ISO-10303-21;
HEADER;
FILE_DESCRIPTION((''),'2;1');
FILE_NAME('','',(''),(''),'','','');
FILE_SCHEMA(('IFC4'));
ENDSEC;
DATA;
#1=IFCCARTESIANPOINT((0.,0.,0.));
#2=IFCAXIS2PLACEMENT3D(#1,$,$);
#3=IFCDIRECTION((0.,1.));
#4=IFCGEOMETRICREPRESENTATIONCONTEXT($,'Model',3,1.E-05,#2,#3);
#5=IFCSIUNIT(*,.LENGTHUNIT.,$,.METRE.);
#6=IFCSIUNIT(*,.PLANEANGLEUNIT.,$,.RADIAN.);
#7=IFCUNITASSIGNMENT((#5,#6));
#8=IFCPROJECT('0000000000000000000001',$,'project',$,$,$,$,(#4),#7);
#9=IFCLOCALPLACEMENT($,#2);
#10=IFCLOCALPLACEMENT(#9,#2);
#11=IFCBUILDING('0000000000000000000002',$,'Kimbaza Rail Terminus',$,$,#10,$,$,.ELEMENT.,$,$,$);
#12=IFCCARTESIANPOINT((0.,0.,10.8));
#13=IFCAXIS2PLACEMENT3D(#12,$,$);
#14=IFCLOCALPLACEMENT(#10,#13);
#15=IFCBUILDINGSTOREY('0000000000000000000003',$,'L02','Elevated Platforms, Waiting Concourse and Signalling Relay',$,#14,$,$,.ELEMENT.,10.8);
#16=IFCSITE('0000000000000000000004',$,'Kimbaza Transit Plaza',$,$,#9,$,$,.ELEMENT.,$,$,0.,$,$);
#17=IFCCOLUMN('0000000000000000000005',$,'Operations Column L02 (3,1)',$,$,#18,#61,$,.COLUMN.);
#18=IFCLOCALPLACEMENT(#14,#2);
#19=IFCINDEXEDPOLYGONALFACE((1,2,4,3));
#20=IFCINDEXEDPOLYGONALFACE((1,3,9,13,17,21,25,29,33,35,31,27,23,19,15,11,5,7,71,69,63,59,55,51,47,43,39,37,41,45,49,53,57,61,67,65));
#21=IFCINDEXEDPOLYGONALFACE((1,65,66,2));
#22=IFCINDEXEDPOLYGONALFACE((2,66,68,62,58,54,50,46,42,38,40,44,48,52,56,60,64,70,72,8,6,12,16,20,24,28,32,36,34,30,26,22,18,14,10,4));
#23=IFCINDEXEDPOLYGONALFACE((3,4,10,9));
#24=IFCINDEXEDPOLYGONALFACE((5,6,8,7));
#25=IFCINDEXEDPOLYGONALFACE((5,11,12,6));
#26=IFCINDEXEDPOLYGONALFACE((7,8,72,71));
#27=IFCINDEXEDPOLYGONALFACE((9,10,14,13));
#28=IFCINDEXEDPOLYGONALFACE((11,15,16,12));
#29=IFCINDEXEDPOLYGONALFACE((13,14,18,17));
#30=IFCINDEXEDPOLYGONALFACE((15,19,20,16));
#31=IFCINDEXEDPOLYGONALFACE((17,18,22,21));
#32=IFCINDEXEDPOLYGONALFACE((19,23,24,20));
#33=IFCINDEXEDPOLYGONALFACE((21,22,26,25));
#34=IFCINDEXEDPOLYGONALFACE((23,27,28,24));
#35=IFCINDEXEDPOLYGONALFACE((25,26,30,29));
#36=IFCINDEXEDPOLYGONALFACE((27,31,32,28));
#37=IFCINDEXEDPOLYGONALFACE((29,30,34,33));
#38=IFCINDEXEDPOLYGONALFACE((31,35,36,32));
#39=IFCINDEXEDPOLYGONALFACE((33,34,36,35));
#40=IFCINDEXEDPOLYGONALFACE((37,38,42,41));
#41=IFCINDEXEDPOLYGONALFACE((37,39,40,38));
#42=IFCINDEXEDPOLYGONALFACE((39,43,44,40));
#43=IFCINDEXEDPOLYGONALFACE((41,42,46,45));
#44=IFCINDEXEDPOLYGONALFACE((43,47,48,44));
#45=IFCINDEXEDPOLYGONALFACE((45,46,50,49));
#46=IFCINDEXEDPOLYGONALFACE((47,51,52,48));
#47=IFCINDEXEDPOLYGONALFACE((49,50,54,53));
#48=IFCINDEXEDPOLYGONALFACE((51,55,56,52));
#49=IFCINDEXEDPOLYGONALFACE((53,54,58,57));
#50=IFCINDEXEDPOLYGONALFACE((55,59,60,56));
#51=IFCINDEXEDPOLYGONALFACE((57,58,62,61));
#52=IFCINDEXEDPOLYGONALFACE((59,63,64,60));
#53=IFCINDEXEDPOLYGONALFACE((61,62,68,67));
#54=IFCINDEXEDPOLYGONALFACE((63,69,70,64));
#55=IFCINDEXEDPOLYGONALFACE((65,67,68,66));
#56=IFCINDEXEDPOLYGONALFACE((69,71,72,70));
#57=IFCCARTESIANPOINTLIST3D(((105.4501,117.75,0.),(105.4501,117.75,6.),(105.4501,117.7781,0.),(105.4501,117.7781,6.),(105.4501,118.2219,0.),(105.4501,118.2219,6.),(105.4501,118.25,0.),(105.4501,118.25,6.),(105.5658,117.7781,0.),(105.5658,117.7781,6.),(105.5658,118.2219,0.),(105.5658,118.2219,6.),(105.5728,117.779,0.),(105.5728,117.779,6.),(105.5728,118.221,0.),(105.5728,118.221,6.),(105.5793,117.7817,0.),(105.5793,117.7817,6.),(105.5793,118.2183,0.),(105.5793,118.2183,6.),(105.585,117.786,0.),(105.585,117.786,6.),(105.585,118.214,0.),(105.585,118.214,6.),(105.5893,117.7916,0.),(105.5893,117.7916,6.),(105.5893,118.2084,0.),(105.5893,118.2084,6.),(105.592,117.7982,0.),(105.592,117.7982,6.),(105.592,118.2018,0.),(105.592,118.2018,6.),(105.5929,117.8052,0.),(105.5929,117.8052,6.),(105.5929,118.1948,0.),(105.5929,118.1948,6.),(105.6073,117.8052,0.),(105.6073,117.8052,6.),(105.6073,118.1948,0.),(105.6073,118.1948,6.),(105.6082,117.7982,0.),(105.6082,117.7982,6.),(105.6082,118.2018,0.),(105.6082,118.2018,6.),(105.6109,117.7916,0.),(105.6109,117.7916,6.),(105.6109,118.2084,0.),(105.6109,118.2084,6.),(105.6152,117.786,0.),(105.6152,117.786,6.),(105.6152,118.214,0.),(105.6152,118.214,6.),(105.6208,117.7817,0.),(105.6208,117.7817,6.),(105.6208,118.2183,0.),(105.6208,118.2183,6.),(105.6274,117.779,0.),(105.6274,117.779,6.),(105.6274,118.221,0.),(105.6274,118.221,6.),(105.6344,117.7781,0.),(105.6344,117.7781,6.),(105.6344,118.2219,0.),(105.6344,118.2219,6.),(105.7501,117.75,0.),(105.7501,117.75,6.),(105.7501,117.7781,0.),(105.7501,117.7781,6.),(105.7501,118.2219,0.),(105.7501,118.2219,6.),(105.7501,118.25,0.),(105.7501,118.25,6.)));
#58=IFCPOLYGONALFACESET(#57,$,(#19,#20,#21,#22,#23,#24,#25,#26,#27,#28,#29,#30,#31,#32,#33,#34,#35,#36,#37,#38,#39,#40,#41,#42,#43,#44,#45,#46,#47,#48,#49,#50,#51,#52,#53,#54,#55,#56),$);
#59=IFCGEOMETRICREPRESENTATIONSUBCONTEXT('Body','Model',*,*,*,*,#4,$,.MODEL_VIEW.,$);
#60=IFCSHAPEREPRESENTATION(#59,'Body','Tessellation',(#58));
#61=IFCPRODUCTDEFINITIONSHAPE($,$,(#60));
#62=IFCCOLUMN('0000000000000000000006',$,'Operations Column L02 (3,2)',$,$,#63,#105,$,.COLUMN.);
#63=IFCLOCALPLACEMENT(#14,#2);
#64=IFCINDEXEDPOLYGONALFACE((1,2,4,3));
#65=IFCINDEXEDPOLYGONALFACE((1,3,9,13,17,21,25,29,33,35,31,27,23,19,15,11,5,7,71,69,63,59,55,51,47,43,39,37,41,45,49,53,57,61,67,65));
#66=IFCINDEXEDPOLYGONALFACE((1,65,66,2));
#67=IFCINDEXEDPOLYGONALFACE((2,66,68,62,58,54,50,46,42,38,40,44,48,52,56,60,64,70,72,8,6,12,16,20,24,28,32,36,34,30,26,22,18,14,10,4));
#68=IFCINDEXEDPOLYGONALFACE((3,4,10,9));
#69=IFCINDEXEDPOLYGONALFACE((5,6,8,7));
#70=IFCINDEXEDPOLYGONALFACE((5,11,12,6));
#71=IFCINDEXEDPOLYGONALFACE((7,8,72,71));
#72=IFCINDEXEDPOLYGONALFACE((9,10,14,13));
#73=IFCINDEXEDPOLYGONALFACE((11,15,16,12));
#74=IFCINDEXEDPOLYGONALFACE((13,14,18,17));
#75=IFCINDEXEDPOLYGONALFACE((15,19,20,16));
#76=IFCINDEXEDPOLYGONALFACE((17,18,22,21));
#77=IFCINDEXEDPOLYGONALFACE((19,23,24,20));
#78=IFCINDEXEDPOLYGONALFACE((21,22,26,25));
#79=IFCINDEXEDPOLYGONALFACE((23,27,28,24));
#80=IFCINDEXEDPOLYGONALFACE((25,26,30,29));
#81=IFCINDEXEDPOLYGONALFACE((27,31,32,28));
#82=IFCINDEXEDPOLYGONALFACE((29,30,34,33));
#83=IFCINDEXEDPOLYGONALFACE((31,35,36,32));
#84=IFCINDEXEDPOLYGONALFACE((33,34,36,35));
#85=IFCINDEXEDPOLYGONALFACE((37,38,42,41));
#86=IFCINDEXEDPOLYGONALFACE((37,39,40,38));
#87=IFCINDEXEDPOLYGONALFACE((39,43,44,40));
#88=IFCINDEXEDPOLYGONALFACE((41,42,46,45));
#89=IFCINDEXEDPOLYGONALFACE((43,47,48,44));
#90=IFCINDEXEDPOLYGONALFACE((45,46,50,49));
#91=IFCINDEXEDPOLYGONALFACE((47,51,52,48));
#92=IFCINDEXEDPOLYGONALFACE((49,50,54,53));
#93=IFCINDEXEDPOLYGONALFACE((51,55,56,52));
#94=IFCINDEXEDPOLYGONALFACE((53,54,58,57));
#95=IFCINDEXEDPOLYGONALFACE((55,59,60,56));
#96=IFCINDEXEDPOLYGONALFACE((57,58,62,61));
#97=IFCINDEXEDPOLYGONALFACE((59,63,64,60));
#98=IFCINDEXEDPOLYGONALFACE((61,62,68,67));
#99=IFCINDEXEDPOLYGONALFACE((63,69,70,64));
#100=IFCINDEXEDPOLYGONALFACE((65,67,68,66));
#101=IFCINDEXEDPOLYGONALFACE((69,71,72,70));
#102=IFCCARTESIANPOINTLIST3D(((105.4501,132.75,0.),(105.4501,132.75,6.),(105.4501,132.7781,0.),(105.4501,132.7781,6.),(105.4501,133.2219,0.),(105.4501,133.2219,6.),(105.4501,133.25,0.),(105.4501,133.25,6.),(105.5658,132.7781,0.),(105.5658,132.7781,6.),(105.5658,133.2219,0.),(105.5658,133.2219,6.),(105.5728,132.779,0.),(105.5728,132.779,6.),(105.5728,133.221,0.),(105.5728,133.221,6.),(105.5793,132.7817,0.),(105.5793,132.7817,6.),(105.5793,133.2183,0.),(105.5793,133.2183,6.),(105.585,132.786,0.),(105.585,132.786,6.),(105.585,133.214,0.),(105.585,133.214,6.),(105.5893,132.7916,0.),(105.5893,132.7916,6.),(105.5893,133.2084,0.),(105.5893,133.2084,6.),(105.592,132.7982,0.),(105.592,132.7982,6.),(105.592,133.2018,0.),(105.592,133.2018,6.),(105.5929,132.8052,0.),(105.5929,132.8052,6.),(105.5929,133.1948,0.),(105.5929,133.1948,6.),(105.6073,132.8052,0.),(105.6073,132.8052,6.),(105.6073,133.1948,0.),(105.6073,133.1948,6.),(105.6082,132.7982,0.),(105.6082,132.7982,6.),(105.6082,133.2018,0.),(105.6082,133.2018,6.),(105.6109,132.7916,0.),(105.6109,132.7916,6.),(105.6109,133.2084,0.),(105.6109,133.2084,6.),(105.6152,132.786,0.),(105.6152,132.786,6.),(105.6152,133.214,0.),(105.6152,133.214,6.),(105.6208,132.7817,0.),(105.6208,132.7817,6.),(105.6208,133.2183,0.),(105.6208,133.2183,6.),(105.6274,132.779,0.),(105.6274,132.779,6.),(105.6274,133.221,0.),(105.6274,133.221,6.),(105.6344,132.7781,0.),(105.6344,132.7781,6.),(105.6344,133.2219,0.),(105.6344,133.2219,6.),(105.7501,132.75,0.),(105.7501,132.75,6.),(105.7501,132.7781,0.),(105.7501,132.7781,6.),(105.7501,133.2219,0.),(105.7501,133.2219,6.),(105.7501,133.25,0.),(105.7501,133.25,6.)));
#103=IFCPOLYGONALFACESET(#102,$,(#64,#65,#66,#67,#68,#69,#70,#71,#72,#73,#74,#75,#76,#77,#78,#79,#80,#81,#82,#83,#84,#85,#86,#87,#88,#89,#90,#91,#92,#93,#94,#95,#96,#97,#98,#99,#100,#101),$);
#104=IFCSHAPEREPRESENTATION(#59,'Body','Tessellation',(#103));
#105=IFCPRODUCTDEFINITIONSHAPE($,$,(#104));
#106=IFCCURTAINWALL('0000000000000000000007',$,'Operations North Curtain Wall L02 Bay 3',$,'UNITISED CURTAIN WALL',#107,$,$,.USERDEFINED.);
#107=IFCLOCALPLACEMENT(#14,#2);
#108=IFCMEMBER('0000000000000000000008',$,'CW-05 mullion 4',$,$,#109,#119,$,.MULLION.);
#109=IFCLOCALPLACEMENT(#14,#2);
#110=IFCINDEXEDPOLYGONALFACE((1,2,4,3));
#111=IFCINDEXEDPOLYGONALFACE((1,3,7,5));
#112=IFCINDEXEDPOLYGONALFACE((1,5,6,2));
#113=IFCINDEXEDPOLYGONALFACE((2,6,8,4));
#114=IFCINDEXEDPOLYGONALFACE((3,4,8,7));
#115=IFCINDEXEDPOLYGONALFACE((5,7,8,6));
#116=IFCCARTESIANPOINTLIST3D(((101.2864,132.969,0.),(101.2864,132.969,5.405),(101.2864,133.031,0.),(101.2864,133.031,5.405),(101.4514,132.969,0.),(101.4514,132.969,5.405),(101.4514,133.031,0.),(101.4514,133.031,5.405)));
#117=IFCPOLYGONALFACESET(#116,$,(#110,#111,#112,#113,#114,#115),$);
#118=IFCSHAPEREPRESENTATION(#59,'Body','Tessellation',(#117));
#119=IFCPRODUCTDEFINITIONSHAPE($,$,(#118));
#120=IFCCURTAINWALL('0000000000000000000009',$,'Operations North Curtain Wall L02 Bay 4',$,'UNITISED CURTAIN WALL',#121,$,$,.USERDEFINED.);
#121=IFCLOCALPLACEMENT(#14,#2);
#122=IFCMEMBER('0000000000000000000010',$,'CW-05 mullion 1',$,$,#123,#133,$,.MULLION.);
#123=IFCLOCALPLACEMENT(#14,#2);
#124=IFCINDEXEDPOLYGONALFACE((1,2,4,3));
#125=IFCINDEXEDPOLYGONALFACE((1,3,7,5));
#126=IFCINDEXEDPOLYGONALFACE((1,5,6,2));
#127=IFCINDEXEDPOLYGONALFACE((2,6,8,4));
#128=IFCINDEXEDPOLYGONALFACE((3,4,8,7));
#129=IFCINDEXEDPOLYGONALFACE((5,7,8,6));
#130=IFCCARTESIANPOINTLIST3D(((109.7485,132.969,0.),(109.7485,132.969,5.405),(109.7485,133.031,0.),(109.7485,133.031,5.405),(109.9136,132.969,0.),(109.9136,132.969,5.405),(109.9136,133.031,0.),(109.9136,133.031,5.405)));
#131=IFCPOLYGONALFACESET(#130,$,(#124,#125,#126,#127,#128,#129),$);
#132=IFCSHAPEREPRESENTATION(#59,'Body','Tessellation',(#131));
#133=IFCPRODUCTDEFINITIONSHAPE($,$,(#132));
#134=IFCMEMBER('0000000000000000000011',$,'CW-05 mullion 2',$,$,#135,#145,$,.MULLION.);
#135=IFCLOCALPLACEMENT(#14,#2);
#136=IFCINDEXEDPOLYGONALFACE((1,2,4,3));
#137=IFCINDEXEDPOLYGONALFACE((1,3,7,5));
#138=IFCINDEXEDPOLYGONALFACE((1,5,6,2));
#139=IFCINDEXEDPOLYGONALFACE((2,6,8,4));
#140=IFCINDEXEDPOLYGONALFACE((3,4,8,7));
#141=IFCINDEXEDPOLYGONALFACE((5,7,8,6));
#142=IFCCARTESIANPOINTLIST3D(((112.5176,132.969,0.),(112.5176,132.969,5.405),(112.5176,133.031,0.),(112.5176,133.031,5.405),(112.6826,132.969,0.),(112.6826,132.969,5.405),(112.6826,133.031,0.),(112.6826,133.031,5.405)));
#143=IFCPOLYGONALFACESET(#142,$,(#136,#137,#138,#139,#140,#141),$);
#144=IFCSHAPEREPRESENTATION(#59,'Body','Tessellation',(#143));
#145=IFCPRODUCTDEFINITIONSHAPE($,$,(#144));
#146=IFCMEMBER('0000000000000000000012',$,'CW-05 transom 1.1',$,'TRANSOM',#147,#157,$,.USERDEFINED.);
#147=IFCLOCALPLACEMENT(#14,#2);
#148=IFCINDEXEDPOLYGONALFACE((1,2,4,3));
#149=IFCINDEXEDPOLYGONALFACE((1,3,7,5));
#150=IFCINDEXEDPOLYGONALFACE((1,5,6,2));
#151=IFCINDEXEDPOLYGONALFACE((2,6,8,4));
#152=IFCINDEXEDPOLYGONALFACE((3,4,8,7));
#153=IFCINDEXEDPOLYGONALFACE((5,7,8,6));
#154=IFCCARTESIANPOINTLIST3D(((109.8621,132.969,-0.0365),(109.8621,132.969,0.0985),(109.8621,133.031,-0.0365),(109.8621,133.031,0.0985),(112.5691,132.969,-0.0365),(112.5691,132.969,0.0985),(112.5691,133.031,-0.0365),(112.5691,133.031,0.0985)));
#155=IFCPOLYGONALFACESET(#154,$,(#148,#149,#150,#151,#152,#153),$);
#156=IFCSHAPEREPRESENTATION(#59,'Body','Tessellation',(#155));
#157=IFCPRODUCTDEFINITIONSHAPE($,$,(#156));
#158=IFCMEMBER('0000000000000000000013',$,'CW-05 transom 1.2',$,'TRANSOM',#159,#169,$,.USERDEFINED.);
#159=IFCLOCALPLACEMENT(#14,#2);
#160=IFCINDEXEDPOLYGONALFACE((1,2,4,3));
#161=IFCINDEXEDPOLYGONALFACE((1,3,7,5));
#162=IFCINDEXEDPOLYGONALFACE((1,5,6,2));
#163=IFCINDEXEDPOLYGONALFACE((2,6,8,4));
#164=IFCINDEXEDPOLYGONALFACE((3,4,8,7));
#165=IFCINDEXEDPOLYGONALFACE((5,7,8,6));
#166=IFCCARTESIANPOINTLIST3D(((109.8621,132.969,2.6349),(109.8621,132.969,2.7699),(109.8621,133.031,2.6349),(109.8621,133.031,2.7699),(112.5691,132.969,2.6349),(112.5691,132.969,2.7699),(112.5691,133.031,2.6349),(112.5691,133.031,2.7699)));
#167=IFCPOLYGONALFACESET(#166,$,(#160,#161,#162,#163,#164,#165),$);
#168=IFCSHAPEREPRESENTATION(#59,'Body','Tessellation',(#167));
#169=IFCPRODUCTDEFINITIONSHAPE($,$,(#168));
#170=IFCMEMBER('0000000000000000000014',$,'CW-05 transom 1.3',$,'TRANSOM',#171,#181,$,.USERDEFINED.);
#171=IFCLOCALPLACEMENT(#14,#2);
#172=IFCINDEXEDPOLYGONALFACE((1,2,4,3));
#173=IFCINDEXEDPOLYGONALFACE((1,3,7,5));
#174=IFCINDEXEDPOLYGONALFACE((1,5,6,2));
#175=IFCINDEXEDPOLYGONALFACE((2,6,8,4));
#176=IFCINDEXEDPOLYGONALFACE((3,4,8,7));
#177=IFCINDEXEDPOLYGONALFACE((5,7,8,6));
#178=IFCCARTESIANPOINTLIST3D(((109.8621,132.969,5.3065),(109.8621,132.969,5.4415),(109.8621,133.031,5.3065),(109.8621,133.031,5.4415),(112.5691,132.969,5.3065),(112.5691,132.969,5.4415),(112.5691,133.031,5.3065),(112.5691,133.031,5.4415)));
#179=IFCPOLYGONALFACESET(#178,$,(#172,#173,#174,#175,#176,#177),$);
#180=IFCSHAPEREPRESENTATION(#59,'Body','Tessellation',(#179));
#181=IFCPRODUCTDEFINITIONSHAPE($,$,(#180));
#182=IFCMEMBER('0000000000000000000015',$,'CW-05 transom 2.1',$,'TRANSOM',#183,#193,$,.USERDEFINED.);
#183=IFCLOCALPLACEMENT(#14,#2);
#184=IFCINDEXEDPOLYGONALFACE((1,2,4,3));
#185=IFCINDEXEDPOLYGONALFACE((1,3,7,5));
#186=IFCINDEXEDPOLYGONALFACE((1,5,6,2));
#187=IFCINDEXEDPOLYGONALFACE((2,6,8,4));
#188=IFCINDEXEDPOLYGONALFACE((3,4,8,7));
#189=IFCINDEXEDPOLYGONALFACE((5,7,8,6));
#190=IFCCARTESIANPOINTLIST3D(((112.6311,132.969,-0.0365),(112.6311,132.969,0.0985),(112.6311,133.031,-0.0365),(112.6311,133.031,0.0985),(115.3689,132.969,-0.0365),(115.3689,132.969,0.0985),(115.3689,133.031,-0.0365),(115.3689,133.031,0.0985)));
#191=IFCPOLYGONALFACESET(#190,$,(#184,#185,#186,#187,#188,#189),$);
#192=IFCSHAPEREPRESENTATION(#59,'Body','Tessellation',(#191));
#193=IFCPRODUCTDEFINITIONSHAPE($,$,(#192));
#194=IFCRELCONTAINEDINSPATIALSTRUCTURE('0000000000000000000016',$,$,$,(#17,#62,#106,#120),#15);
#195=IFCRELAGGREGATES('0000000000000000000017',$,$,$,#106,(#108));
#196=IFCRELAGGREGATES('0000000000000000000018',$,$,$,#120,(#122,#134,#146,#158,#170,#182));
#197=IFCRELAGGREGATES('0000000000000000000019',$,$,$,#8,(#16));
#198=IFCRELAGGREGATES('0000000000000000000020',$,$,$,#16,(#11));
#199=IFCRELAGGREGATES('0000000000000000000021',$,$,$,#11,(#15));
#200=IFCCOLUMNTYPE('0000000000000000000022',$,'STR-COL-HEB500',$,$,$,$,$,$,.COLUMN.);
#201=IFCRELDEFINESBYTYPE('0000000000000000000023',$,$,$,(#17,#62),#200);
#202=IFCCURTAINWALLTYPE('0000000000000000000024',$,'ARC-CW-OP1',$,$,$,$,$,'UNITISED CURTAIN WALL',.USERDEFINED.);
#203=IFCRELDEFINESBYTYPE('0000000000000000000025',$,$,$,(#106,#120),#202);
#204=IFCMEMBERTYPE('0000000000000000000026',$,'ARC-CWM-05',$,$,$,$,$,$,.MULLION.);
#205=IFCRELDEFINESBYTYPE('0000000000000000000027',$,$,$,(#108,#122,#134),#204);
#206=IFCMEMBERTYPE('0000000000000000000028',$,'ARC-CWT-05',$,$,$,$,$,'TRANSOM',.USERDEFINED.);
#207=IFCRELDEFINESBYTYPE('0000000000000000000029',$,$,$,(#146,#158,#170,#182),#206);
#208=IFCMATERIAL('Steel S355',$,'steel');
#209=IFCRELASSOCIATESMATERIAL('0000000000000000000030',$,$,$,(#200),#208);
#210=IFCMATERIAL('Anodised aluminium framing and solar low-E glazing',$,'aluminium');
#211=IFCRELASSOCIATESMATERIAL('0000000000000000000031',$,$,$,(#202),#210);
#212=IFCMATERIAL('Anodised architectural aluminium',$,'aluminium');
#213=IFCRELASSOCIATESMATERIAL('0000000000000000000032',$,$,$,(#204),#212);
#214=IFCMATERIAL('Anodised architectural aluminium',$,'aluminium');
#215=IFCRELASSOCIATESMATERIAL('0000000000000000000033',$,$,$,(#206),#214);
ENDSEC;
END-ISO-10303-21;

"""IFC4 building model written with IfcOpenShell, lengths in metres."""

from ifc_helpers import new_model, si_unit, direction, frame, origin, origin_2d, place, context, subcontext, project, spatial, rectangle, i_section, extrude, material, material_profile, profile_set, type_object, element, aggregate, save


model = new_model("IFC4")

# Units and contexts
model_context = context("Model", 3, precision=1e-05, world=origin(), true_north=direction((0.0, 1.0)))
body_context = subcontext(model_context, "Body", "Model", "MODEL_VIEW")
ifc_project = project(units=[si_unit("LENGTHUNIT", "METRE"), si_unit("PLANEANGLEUNIT", "RADIAN")], contexts=[model_context])

# Site, building, storey
site_placement = place(None, origin())
site = spatial("IfcSite", under=ifc_project, at=site_placement, Name="Kimbaza Transit Plaza", CompositionType="ELEMENT", RefElevation=0.0)
building_placement = place(site_placement, origin())
building = spatial("IfcBuilding", under=site, at=building_placement, Name="Kimbaza Rail Terminus", CompositionType="ELEMENT")
storey_placement = place(building_placement, frame((0.0, 0.0, 10.8)))
storey = spatial("IfcBuildingStorey", under=building, at=storey_placement, Name="L02", Description="Elevated Platforms, Waiting Concourse and Signalling Relay", CompositionType="ELEMENT", Elevation=10.8)

# Columns
ifc_material_1 = material(Name="Steel S355", Category="steel")
ifc_material_profile_1 = material_profile(ifc_material_1, i_section(OverallWidth=0.3, OverallDepth=0.5, WebThickness=0.0144, FlangeThickness=0.0281, FilletRadius=0.0271, at=origin_2d()), Name="HEB 500")
ifc_profile_set_1 = profile_set([ifc_material_profile_1], Name="Steel S355")
column_type = type_object("IfcColumnType", Name="STR-COL-HEB500", PredefinedType="COLUMN", material=ifc_profile_set_1)
for number, where, z_axis, x_axis, name in (
    (1, (105.6001, 118.0, 0.0), (0.0, 0.0, 1.0), (1.0, 0.0, 0.0), "Operations Column L02 (3,1)"),
    (2, (105.6001, 133.0, 0.0), (0.0, 0.0, 1.0), (1.0, 0.0, 0.0), "Operations Column L02 (3,2)"),
):
    element("IfcColumn", number, at=place(storey_placement, frame(where, z_axis=z_axis, x_axis=x_axis)), inside=storey, type_object=column_type, Name=name, PredefinedType="COLUMN", context=body_context, shape_type="SweptSolid", body=[
        extrude(i_section(OverallWidth=0.3, OverallDepth=0.5, WebThickness=0.0144, FlangeThickness=0.0281, FilletRadius=0.0271, at=origin_2d()), origin(), (0.0, 0.0, 1.0), 6.0),
    ])

# Curtain wall, member
ifc_material_2 = material(Name="Anodised aluminium framing and solar low-E glazing", Category="aluminium")
curtain_wall_type = type_object("IfcCurtainWallType", Name="ARC-CW-OP1", ElementType="UNITISED CURTAIN WALL", PredefinedType="USERDEFINED", material=ifc_material_2)
curtain_wall_1_placement = place(storey_placement, origin())
curtain_wall_1 = element("IfcCurtainWall", 3, at=curtain_wall_1_placement, inside=storey, type_object=curtain_wall_type, Name="Operations North Curtain Wall L02 Bay 3", ObjectType="UNITISED CURTAIN WALL", PredefinedType="USERDEFINED")
ifc_material_3 = material(Name="Anodised architectural aluminium", Category="aluminium")
ifc_material_profile_2 = material_profile(ifc_material_3, rectangle(XDim=0.062, YDim=0.165, at=origin_2d()), Name="MULLION 62x165")
ifc_profile_set_2 = profile_set([ifc_material_profile_2], Name="Anodised architectural aluminium")
member_type_1 = type_object("IfcMemberType", Name="ARC-CWM-05", PredefinedType="MULLION", material=ifc_profile_set_2)
member_1_placement = place(storey_placement, frame((101.3689, 133.0, 0.0), z_axis=(0.0, 0.0, 1.0), x_axis=(0.0, 1.0, 0.0)))
member_1 = element("IfcMember", 4, at=member_1_placement, type_object=member_type_1, Name="CW-05 mullion 4", PredefinedType="MULLION", context=body_context, shape_type="SweptSolid", body=[
    extrude(rectangle(XDim=0.062, YDim=0.165, at=origin_2d()), origin(), (0.0, 0.0, 1.0), 5.405),
])

# Curtain wall, members
curtain_wall_2_placement = place(storey_placement, origin())
curtain_wall_2 = element("IfcCurtainWall", 5, at=curtain_wall_2_placement, inside=storey, type_object=curtain_wall_type, Name="Operations North Curtain Wall L02 Bay 4", ObjectType="UNITISED CURTAIN WALL", PredefinedType="USERDEFINED")
member_2_placement = place(storey_placement, frame((109.8311, 133.0, 0.0), z_axis=(0.0, 0.0, 1.0), x_axis=(0.0, 1.0, 0.0)))
member_2 = element("IfcMember", 6, at=member_2_placement, type_object=member_type_1, Name="CW-05 mullion 1", PredefinedType="MULLION", context=body_context, shape_type="SweptSolid", body=[
    extrude(rectangle(XDim=0.062, YDim=0.165, at=origin_2d()), origin(), (0.0, 0.0, 1.0), 5.405),
])
member_3_placement = place(storey_placement, frame((112.6001, 133.0, 0.0), z_axis=(0.0, 0.0, 1.0), x_axis=(0.0, 1.0, 0.0)))
member_3 = element("IfcMember", 7, at=member_3_placement, type_object=member_type_1, Name="CW-05 mullion 2", PredefinedType="MULLION", context=body_context, shape_type="SweptSolid", body=[
    extrude(rectangle(XDim=0.062, YDim=0.165, at=origin_2d()), origin(), (0.0, 0.0, 1.0), 5.405),
])
ifc_material_4 = material(Name="Anodised architectural aluminium", Category="aluminium")
ifc_material_profile_3 = material_profile(ifc_material_4, rectangle(XDim=0.062, YDim=0.135, at=origin_2d()), Name="TRANSOM 62x135")
ifc_profile_set_3 = profile_set([ifc_material_profile_3], Name="Anodised architectural aluminium")
member_type_2 = type_object("IfcMemberType", Name="ARC-CWT-05", ElementType="TRANSOM", PredefinedType="USERDEFINED", material=ifc_profile_set_3)
member_4_placement = place(storey_placement, frame((109.8621, 133.0, 0.031), z_axis=(1.0, 0.0, 0.0), x_axis=(0.0, 1.0, 0.0)))
member_4 = element("IfcMember", 8, at=member_4_placement, type_object=member_type_2, Name="CW-05 transom 1.1", ObjectType="TRANSOM", PredefinedType="USERDEFINED", context=body_context, shape_type="SweptSolid", body=[
    extrude(rectangle(XDim=0.062, YDim=0.135, at=origin_2d()), origin(), (0.0, 0.0, 1.0), 2.707),
])
member_5_placement = place(storey_placement, frame((109.8621, 133.0, 2.7024), z_axis=(1.0, 0.0, 0.0), x_axis=(0.0, 1.0, 0.0)))
member_5 = element("IfcMember", 9, at=member_5_placement, type_object=member_type_2, Name="CW-05 transom 1.2", ObjectType="TRANSOM", PredefinedType="USERDEFINED", context=body_context, shape_type="SweptSolid", body=[
    extrude(rectangle(XDim=0.062, YDim=0.135, at=origin_2d()), origin(), (0.0, 0.0, 1.0), 2.707),
])
member_6_placement = place(storey_placement, frame((109.8621, 133.0, 5.374), z_axis=(1.0, 0.0, 0.0), x_axis=(0.0, 1.0, 0.0)))
member_6 = element("IfcMember", 10, at=member_6_placement, type_object=member_type_2, Name="CW-05 transom 1.3", ObjectType="TRANSOM", PredefinedType="USERDEFINED", context=body_context, shape_type="SweptSolid", body=[
    extrude(rectangle(XDim=0.062, YDim=0.135, at=origin_2d()), origin(), (0.0, 0.0, 1.0), 2.707),
])
member_7_placement = place(storey_placement, frame((112.6311, 133.0, 0.031), z_axis=(1.0, 0.0, 0.0), x_axis=(0.0, 1.0, 0.0)))
member_7 = element("IfcMember", 11, at=member_7_placement, type_object=member_type_2, Name="CW-05 transom 2.1", ObjectType="TRANSOM", PredefinedType="USERDEFINED", context=body_context, shape_type="SweptSolid", body=[
    extrude(rectangle(XDim=0.062, YDim=0.135, at=origin_2d()), origin(), (0.0, 0.0, 1.0), 2.7378),
])

aggregate(curtain_wall_1, [member_1])
aggregate(curtain_wall_2, [member_2, member_3, member_4, member_5, member_6, member_7])

save(model, "model.ifc")
